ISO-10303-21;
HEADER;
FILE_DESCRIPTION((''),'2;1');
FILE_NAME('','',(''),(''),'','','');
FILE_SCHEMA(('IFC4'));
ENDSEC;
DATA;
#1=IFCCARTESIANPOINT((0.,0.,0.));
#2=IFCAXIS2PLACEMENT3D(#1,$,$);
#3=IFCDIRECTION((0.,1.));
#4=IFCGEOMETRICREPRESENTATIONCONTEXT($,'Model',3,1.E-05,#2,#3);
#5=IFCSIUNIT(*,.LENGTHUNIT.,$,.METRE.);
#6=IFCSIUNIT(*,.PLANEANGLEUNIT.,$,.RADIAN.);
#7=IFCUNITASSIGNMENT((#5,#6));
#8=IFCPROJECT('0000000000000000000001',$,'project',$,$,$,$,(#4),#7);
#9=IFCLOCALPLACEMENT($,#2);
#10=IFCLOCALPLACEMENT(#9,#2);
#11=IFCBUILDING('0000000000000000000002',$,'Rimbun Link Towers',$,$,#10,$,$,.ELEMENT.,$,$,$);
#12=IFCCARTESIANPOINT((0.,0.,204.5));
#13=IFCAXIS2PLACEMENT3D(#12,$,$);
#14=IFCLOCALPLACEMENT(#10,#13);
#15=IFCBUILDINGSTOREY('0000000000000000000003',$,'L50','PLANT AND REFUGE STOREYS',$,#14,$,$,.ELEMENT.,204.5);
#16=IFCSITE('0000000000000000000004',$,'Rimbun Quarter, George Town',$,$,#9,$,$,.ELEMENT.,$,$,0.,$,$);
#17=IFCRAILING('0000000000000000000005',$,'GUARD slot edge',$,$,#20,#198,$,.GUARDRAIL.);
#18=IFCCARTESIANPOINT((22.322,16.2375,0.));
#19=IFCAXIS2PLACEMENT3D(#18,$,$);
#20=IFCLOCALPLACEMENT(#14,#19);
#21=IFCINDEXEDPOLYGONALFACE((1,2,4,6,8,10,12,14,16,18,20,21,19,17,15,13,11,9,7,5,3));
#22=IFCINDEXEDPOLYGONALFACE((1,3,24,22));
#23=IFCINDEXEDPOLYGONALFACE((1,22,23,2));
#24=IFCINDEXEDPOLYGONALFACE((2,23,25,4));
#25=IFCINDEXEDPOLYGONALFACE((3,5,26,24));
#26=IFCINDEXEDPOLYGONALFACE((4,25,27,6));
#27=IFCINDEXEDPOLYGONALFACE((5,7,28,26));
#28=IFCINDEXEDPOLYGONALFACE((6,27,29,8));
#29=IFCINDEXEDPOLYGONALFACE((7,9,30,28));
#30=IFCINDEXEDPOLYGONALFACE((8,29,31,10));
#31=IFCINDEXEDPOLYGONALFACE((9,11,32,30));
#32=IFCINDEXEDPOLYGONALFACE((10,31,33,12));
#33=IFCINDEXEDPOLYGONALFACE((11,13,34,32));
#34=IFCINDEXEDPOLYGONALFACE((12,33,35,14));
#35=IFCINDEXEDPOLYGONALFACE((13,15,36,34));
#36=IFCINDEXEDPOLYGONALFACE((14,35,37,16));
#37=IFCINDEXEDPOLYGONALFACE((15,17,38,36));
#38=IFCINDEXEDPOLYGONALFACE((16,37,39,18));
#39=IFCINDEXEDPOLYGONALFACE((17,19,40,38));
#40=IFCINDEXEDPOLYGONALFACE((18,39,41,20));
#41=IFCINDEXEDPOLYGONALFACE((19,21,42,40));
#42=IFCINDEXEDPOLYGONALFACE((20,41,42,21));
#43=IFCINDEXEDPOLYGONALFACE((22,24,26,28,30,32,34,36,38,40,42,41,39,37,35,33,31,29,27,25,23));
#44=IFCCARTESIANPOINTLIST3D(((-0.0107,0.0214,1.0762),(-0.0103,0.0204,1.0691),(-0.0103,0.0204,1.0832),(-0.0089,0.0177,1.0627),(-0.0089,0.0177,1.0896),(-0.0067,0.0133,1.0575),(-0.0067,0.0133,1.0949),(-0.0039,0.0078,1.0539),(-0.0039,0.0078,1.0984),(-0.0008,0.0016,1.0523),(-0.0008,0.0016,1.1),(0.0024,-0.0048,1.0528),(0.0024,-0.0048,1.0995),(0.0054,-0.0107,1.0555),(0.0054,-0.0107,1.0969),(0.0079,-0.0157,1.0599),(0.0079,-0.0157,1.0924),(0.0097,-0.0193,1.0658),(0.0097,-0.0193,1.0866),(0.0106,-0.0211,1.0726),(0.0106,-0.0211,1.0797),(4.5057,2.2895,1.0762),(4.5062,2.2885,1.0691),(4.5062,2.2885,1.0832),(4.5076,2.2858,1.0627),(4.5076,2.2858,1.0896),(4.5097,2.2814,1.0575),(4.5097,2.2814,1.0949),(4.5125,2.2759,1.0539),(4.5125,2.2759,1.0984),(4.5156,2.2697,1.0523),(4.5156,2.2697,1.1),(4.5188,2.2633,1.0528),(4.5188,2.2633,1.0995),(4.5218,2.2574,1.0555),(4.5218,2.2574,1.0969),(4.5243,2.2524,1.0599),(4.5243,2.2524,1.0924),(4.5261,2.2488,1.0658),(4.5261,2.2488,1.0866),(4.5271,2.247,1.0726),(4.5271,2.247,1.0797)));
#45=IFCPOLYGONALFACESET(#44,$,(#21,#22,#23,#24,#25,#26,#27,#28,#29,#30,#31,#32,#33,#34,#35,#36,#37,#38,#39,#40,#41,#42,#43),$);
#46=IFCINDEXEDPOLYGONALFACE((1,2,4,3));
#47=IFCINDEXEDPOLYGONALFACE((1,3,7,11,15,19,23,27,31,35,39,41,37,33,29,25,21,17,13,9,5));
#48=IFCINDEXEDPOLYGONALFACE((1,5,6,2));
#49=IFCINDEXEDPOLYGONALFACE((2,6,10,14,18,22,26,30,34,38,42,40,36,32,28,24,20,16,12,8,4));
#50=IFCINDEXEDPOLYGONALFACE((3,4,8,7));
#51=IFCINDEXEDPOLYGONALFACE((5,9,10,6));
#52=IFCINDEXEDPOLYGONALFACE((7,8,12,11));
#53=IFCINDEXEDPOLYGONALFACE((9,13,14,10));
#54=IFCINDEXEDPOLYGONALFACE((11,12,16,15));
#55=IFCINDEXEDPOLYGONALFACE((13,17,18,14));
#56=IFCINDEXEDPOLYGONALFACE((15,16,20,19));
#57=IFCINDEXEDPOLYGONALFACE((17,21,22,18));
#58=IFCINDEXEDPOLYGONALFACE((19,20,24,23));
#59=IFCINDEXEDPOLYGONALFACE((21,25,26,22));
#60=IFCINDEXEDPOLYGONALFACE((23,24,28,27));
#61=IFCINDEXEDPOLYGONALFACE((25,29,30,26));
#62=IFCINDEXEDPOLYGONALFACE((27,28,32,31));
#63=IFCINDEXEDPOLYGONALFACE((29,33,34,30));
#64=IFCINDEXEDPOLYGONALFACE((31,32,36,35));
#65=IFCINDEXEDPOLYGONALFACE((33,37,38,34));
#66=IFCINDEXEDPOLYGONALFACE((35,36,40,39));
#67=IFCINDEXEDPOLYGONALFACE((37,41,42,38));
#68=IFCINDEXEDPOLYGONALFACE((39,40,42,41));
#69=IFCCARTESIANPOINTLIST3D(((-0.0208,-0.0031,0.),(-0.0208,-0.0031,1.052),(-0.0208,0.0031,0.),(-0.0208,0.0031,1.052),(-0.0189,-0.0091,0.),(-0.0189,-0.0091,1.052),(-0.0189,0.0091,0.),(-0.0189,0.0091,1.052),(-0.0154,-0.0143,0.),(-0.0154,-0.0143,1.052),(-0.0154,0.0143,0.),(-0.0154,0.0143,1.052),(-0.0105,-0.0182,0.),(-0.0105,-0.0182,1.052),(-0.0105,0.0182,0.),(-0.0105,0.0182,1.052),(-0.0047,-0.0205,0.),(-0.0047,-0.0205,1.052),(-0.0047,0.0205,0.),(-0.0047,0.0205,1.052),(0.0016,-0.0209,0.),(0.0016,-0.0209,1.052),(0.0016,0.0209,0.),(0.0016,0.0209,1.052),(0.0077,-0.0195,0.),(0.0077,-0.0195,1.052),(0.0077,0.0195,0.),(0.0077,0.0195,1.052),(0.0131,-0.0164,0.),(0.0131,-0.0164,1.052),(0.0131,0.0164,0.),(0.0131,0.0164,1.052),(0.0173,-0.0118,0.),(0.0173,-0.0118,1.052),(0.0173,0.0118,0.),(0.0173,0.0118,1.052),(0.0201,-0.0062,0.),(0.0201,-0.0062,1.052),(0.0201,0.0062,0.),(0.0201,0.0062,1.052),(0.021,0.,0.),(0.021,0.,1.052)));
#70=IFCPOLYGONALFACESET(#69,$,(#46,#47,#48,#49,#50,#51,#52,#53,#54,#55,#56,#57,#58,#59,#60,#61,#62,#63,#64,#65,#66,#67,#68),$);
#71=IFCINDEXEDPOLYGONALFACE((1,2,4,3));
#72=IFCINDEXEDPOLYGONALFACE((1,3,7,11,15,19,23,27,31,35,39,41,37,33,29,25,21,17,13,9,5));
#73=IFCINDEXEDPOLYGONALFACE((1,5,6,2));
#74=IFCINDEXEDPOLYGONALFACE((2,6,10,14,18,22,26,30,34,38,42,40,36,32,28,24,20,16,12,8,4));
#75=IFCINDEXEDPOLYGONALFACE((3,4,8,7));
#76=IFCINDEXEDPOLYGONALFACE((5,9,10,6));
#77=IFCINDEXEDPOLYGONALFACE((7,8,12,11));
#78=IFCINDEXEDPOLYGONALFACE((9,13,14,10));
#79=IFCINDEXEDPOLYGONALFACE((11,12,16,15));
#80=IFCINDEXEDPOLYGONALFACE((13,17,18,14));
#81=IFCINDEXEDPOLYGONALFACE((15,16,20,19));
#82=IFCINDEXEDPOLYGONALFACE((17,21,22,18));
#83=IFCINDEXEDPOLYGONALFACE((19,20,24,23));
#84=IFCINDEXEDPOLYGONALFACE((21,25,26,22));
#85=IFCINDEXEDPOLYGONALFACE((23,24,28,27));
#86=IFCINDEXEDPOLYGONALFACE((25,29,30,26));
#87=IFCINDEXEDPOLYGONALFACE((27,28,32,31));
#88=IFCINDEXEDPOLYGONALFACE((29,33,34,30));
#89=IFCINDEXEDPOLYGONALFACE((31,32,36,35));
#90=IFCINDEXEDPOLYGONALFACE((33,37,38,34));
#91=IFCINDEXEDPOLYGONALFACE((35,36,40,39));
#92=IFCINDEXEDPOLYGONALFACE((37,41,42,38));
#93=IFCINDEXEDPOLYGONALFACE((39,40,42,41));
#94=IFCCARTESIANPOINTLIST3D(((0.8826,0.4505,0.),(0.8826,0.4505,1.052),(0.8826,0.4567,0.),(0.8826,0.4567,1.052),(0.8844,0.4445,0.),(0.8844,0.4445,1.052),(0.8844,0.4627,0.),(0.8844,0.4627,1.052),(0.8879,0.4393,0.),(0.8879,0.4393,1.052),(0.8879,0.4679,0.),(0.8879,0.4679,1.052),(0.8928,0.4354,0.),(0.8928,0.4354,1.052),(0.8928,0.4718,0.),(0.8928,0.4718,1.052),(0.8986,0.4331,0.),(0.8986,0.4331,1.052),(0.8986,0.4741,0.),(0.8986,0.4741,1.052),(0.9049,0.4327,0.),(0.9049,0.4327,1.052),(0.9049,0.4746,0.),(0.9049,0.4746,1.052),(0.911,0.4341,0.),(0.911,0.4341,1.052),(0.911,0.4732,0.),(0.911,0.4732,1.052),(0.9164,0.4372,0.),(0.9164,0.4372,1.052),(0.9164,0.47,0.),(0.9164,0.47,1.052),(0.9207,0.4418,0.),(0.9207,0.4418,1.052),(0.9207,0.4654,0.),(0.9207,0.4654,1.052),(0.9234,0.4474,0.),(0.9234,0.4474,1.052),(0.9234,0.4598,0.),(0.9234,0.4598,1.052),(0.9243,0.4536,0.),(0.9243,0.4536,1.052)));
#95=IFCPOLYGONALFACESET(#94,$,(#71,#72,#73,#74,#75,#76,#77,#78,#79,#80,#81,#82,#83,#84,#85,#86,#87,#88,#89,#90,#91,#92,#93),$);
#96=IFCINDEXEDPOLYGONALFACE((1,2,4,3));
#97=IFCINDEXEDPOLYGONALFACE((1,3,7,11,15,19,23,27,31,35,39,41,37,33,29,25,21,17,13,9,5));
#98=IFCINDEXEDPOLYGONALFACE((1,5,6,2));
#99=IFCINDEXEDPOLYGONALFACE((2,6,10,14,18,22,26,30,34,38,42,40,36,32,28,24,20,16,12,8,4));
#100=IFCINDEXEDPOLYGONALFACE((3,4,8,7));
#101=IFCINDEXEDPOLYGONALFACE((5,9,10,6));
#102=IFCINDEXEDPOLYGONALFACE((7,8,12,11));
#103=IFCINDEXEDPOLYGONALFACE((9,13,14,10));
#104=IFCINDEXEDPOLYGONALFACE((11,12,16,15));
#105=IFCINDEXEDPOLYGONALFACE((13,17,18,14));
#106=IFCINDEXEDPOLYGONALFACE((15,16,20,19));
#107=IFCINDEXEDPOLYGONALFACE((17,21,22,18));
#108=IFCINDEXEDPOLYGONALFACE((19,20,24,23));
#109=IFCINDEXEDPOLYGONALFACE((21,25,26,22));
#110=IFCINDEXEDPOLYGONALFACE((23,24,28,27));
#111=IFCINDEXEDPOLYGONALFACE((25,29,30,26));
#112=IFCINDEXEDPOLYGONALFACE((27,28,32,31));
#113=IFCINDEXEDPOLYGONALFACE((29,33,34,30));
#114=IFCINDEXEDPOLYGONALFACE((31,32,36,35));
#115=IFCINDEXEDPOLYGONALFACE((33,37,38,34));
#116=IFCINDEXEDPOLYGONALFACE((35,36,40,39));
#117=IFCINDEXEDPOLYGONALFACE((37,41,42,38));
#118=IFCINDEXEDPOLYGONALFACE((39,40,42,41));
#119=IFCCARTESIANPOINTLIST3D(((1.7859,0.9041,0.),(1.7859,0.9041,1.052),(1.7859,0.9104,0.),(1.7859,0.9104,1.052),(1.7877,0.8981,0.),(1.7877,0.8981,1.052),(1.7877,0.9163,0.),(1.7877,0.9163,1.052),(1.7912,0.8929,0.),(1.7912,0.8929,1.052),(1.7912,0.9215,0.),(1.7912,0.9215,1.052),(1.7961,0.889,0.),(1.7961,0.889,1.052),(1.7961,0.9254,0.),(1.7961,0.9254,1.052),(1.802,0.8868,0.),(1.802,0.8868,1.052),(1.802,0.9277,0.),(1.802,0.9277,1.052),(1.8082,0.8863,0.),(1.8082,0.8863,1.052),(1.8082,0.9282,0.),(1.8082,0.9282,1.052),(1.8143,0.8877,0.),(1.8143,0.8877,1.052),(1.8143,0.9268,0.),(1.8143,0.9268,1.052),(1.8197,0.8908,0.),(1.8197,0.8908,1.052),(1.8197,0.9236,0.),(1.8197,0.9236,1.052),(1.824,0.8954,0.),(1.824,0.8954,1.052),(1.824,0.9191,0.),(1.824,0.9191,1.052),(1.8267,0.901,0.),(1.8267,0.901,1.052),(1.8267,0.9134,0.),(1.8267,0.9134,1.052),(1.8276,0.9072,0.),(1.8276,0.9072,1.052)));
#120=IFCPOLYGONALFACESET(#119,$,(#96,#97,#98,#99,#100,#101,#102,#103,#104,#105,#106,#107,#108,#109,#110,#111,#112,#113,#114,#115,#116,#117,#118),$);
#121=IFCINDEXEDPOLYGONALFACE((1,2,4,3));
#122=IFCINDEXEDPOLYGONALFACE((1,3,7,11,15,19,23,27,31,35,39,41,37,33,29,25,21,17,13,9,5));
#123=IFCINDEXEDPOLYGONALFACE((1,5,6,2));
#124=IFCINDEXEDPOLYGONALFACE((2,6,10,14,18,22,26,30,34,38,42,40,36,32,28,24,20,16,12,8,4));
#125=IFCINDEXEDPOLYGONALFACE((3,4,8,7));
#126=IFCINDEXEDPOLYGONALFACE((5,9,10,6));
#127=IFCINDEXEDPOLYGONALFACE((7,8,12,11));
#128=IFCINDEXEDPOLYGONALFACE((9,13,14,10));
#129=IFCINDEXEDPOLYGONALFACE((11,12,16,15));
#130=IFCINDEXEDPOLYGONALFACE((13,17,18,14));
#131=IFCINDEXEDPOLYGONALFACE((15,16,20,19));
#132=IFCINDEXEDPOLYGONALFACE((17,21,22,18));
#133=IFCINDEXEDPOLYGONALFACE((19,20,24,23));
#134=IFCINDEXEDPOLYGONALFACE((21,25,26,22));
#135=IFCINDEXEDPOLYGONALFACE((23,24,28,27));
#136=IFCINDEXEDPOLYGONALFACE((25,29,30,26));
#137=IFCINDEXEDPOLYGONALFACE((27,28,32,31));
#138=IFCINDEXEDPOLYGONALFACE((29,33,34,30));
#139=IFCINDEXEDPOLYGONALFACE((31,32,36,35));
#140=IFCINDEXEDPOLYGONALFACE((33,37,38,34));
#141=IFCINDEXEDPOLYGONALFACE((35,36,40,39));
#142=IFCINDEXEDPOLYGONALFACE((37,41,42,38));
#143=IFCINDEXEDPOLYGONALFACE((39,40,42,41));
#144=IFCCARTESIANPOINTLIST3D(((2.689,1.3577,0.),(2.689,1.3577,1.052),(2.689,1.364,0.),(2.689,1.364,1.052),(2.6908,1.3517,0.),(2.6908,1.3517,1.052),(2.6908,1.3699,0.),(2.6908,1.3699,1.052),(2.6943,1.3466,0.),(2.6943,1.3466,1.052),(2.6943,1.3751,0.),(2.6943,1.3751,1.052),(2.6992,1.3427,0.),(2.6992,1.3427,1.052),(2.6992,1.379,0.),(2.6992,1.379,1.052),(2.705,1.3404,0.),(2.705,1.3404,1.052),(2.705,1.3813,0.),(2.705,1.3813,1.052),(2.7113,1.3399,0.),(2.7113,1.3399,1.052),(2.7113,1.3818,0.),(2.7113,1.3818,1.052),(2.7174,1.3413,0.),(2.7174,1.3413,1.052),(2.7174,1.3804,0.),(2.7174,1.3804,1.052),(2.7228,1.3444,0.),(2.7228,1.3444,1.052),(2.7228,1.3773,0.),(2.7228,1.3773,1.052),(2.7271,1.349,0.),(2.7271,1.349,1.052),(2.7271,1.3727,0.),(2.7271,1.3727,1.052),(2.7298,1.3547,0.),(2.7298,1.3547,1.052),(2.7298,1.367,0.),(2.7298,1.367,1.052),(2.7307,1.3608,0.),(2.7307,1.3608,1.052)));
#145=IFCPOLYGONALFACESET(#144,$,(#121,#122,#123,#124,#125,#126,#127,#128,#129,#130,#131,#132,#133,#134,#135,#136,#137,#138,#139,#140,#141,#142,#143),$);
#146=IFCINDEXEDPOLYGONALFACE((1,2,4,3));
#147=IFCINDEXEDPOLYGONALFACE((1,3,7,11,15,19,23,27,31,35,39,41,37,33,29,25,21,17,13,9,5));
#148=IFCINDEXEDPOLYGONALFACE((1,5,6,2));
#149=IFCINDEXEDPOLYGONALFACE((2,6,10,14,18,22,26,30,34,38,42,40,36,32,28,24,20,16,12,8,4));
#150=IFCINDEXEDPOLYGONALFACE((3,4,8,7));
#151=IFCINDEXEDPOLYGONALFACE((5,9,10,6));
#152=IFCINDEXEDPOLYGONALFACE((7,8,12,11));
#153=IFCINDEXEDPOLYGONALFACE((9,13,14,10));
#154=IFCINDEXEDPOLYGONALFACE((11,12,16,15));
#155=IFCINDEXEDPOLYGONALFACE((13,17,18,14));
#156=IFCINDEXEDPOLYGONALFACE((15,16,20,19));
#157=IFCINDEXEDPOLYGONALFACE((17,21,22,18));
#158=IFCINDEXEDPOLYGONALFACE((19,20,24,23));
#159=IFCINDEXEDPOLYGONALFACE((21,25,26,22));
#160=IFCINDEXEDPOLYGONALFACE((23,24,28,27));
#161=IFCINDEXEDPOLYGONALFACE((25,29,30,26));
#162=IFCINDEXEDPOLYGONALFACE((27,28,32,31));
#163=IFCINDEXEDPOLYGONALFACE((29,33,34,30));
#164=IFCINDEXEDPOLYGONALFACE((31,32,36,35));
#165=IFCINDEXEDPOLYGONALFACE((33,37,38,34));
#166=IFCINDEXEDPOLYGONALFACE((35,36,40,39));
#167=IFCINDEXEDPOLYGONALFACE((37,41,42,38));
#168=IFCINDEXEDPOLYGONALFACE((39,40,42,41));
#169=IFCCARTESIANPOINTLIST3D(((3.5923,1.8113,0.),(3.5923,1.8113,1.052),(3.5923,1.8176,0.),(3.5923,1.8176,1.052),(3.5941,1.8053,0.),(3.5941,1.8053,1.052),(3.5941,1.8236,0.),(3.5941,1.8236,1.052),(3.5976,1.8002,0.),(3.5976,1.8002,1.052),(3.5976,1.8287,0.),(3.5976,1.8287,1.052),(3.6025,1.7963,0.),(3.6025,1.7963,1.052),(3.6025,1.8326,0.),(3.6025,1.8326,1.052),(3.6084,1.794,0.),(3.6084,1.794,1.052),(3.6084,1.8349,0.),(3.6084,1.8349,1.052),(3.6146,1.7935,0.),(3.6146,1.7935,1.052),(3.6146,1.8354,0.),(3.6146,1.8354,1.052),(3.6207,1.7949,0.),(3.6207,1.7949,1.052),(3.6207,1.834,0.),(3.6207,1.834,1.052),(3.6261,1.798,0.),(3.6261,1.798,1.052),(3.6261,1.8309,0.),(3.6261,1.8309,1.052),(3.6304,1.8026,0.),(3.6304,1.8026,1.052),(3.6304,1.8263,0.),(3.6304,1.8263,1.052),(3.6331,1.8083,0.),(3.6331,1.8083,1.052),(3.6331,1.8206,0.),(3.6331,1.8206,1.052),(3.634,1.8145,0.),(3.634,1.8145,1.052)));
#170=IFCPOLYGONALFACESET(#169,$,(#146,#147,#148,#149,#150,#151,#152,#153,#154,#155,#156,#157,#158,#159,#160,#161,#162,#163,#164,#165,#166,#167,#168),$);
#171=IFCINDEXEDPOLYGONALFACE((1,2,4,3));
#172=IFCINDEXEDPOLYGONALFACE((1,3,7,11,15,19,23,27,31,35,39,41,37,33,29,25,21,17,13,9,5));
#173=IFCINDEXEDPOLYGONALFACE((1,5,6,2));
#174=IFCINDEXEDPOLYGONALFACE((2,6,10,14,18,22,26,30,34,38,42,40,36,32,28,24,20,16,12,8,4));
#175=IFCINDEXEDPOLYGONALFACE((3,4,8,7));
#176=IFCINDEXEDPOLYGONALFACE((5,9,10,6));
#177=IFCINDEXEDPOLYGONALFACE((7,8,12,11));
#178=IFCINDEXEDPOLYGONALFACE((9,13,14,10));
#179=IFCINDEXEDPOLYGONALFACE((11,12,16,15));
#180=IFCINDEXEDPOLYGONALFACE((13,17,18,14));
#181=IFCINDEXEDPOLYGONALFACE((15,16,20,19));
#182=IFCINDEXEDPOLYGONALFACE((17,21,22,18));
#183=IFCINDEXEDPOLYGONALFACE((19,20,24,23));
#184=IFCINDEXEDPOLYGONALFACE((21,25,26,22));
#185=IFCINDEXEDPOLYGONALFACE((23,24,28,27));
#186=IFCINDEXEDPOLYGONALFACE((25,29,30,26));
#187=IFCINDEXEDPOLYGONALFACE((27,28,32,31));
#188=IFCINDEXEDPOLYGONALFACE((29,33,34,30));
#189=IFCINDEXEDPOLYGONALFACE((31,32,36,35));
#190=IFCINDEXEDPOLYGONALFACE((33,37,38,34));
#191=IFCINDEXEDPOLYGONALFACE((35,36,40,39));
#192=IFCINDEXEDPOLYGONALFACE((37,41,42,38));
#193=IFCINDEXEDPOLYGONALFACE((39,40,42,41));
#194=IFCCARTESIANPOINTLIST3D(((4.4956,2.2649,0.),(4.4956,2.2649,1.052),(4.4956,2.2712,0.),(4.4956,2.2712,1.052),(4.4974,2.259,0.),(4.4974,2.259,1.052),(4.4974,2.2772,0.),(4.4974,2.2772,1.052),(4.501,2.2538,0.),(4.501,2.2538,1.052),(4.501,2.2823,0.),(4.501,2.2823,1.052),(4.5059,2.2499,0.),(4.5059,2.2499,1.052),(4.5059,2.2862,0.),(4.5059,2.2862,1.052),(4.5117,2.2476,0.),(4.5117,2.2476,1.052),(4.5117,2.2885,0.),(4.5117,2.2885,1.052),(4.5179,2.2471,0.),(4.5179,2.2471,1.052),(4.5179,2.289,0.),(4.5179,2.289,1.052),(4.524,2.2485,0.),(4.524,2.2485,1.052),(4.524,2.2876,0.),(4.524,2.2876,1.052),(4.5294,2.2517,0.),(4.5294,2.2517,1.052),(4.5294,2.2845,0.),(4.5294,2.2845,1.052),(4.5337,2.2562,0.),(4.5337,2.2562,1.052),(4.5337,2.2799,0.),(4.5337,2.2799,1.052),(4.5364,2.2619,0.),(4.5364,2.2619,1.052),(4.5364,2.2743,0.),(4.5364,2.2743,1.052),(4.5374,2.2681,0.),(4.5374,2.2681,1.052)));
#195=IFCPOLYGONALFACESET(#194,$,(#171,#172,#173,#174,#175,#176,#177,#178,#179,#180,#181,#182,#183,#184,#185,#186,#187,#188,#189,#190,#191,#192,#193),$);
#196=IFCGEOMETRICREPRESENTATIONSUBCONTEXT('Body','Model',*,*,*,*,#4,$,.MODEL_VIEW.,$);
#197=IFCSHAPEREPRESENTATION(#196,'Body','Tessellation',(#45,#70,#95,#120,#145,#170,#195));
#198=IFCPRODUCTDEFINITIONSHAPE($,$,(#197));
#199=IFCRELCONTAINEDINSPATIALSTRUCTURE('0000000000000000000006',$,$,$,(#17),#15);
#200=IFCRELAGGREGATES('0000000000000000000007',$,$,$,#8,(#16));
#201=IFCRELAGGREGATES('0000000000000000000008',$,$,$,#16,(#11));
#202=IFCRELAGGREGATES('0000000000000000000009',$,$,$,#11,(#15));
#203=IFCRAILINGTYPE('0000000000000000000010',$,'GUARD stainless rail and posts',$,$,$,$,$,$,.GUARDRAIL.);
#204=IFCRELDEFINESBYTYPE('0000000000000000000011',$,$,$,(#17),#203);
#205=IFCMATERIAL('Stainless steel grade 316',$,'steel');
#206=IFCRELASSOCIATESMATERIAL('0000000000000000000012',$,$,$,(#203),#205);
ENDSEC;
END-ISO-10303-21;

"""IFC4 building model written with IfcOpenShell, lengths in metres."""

from ifc_helpers import new_model, si_unit, direction, frame, origin, origin_2d, place, context, subcontext, project, spatial, circle, extrude, material, type_object, element, save


model = new_model("IFC4")

# Units and contexts
model_context = context("Model", 3, precision=1e-05, world=origin(), true_north=direction((0.0, 1.0)))
body_context = subcontext(model_context, "Body", "Model", "MODEL_VIEW")
ifc_project = project(units=[si_unit("LENGTHUNIT", "METRE"), si_unit("PLANEANGLEUNIT", "RADIAN")], contexts=[model_context])

# Site, building, storey
site_placement = place(None, origin())
site = spatial("IfcSite", under=ifc_project, at=site_placement, Name="Rimbun Quarter, George Town", CompositionType="ELEMENT", RefElevation=0.0)
building_placement = place(site_placement, origin())
building = spatial("IfcBuilding", under=site, at=building_placement, Name="Rimbun Link Towers", CompositionType="ELEMENT")
storey_placement = place(building_placement, frame((0.0, 0.0, 204.5)))
storey = spatial("IfcBuildingStorey", under=building, at=storey_placement, Name="L50", Description="PLANT AND REFUGE STOREYS", CompositionType="ELEMENT", Elevation=204.5)

# Railing
ifc_material_1 = material(Name="Stainless steel grade 316", Category="steel")
railing_type = type_object("IfcRailingType", Name="GUARD stainless rail and posts", PredefinedType="GUARDRAIL", material=ifc_material_1)
railing_1_placement = place(storey_placement, frame((22.322, 16.2375, 0.0)))
element("IfcRailing", 1, at=railing_1_placement, inside=storey, type_object=railing_type, Name="GUARD slot edge", PredefinedType="GUARDRAIL", context=body_context, shape_type="SweptSolid", body=[
    extrude(circle(Radius=0.0239, at=origin_2d()), frame((0.0, 0.0, 1.0762), z_axis=(0.893643, 0.448778, 0.0), x_axis=(-0.448778, 0.893643, 0.0)), (0.0, 0.0, 1.0), 5.054),
    extrude(circle(Radius=0.021, at=origin_2d()), origin(), (0.0, 0.0, 1.0), 1.052),
    extrude(circle(Radius=0.021, at=origin_2d()), frame((0.9033, 0.4536, 0.0)), (0.0, 0.0, 1.0), 1.052),
    extrude(circle(Radius=0.021, at=origin_2d()), frame((1.8066, 0.9072, 0.0)), (0.0, 0.0, 1.0), 1.052),
    extrude(circle(Radius=0.021, at=origin_2d()), frame((2.7097, 1.3608, 0.0)), (0.0, 0.0, 1.0), 1.052),
    extrude(circle(Radius=0.021, at=origin_2d()), frame((3.613, 1.8145, 0.0)), (0.0, 0.0, 1.0), 1.052),
    extrude(circle(Radius=0.021, at=origin_2d()), frame((4.5164, 2.2681, 0.0)), (0.0, 0.0, 1.0), 1.052),
])

save(model, "model.ifc")
